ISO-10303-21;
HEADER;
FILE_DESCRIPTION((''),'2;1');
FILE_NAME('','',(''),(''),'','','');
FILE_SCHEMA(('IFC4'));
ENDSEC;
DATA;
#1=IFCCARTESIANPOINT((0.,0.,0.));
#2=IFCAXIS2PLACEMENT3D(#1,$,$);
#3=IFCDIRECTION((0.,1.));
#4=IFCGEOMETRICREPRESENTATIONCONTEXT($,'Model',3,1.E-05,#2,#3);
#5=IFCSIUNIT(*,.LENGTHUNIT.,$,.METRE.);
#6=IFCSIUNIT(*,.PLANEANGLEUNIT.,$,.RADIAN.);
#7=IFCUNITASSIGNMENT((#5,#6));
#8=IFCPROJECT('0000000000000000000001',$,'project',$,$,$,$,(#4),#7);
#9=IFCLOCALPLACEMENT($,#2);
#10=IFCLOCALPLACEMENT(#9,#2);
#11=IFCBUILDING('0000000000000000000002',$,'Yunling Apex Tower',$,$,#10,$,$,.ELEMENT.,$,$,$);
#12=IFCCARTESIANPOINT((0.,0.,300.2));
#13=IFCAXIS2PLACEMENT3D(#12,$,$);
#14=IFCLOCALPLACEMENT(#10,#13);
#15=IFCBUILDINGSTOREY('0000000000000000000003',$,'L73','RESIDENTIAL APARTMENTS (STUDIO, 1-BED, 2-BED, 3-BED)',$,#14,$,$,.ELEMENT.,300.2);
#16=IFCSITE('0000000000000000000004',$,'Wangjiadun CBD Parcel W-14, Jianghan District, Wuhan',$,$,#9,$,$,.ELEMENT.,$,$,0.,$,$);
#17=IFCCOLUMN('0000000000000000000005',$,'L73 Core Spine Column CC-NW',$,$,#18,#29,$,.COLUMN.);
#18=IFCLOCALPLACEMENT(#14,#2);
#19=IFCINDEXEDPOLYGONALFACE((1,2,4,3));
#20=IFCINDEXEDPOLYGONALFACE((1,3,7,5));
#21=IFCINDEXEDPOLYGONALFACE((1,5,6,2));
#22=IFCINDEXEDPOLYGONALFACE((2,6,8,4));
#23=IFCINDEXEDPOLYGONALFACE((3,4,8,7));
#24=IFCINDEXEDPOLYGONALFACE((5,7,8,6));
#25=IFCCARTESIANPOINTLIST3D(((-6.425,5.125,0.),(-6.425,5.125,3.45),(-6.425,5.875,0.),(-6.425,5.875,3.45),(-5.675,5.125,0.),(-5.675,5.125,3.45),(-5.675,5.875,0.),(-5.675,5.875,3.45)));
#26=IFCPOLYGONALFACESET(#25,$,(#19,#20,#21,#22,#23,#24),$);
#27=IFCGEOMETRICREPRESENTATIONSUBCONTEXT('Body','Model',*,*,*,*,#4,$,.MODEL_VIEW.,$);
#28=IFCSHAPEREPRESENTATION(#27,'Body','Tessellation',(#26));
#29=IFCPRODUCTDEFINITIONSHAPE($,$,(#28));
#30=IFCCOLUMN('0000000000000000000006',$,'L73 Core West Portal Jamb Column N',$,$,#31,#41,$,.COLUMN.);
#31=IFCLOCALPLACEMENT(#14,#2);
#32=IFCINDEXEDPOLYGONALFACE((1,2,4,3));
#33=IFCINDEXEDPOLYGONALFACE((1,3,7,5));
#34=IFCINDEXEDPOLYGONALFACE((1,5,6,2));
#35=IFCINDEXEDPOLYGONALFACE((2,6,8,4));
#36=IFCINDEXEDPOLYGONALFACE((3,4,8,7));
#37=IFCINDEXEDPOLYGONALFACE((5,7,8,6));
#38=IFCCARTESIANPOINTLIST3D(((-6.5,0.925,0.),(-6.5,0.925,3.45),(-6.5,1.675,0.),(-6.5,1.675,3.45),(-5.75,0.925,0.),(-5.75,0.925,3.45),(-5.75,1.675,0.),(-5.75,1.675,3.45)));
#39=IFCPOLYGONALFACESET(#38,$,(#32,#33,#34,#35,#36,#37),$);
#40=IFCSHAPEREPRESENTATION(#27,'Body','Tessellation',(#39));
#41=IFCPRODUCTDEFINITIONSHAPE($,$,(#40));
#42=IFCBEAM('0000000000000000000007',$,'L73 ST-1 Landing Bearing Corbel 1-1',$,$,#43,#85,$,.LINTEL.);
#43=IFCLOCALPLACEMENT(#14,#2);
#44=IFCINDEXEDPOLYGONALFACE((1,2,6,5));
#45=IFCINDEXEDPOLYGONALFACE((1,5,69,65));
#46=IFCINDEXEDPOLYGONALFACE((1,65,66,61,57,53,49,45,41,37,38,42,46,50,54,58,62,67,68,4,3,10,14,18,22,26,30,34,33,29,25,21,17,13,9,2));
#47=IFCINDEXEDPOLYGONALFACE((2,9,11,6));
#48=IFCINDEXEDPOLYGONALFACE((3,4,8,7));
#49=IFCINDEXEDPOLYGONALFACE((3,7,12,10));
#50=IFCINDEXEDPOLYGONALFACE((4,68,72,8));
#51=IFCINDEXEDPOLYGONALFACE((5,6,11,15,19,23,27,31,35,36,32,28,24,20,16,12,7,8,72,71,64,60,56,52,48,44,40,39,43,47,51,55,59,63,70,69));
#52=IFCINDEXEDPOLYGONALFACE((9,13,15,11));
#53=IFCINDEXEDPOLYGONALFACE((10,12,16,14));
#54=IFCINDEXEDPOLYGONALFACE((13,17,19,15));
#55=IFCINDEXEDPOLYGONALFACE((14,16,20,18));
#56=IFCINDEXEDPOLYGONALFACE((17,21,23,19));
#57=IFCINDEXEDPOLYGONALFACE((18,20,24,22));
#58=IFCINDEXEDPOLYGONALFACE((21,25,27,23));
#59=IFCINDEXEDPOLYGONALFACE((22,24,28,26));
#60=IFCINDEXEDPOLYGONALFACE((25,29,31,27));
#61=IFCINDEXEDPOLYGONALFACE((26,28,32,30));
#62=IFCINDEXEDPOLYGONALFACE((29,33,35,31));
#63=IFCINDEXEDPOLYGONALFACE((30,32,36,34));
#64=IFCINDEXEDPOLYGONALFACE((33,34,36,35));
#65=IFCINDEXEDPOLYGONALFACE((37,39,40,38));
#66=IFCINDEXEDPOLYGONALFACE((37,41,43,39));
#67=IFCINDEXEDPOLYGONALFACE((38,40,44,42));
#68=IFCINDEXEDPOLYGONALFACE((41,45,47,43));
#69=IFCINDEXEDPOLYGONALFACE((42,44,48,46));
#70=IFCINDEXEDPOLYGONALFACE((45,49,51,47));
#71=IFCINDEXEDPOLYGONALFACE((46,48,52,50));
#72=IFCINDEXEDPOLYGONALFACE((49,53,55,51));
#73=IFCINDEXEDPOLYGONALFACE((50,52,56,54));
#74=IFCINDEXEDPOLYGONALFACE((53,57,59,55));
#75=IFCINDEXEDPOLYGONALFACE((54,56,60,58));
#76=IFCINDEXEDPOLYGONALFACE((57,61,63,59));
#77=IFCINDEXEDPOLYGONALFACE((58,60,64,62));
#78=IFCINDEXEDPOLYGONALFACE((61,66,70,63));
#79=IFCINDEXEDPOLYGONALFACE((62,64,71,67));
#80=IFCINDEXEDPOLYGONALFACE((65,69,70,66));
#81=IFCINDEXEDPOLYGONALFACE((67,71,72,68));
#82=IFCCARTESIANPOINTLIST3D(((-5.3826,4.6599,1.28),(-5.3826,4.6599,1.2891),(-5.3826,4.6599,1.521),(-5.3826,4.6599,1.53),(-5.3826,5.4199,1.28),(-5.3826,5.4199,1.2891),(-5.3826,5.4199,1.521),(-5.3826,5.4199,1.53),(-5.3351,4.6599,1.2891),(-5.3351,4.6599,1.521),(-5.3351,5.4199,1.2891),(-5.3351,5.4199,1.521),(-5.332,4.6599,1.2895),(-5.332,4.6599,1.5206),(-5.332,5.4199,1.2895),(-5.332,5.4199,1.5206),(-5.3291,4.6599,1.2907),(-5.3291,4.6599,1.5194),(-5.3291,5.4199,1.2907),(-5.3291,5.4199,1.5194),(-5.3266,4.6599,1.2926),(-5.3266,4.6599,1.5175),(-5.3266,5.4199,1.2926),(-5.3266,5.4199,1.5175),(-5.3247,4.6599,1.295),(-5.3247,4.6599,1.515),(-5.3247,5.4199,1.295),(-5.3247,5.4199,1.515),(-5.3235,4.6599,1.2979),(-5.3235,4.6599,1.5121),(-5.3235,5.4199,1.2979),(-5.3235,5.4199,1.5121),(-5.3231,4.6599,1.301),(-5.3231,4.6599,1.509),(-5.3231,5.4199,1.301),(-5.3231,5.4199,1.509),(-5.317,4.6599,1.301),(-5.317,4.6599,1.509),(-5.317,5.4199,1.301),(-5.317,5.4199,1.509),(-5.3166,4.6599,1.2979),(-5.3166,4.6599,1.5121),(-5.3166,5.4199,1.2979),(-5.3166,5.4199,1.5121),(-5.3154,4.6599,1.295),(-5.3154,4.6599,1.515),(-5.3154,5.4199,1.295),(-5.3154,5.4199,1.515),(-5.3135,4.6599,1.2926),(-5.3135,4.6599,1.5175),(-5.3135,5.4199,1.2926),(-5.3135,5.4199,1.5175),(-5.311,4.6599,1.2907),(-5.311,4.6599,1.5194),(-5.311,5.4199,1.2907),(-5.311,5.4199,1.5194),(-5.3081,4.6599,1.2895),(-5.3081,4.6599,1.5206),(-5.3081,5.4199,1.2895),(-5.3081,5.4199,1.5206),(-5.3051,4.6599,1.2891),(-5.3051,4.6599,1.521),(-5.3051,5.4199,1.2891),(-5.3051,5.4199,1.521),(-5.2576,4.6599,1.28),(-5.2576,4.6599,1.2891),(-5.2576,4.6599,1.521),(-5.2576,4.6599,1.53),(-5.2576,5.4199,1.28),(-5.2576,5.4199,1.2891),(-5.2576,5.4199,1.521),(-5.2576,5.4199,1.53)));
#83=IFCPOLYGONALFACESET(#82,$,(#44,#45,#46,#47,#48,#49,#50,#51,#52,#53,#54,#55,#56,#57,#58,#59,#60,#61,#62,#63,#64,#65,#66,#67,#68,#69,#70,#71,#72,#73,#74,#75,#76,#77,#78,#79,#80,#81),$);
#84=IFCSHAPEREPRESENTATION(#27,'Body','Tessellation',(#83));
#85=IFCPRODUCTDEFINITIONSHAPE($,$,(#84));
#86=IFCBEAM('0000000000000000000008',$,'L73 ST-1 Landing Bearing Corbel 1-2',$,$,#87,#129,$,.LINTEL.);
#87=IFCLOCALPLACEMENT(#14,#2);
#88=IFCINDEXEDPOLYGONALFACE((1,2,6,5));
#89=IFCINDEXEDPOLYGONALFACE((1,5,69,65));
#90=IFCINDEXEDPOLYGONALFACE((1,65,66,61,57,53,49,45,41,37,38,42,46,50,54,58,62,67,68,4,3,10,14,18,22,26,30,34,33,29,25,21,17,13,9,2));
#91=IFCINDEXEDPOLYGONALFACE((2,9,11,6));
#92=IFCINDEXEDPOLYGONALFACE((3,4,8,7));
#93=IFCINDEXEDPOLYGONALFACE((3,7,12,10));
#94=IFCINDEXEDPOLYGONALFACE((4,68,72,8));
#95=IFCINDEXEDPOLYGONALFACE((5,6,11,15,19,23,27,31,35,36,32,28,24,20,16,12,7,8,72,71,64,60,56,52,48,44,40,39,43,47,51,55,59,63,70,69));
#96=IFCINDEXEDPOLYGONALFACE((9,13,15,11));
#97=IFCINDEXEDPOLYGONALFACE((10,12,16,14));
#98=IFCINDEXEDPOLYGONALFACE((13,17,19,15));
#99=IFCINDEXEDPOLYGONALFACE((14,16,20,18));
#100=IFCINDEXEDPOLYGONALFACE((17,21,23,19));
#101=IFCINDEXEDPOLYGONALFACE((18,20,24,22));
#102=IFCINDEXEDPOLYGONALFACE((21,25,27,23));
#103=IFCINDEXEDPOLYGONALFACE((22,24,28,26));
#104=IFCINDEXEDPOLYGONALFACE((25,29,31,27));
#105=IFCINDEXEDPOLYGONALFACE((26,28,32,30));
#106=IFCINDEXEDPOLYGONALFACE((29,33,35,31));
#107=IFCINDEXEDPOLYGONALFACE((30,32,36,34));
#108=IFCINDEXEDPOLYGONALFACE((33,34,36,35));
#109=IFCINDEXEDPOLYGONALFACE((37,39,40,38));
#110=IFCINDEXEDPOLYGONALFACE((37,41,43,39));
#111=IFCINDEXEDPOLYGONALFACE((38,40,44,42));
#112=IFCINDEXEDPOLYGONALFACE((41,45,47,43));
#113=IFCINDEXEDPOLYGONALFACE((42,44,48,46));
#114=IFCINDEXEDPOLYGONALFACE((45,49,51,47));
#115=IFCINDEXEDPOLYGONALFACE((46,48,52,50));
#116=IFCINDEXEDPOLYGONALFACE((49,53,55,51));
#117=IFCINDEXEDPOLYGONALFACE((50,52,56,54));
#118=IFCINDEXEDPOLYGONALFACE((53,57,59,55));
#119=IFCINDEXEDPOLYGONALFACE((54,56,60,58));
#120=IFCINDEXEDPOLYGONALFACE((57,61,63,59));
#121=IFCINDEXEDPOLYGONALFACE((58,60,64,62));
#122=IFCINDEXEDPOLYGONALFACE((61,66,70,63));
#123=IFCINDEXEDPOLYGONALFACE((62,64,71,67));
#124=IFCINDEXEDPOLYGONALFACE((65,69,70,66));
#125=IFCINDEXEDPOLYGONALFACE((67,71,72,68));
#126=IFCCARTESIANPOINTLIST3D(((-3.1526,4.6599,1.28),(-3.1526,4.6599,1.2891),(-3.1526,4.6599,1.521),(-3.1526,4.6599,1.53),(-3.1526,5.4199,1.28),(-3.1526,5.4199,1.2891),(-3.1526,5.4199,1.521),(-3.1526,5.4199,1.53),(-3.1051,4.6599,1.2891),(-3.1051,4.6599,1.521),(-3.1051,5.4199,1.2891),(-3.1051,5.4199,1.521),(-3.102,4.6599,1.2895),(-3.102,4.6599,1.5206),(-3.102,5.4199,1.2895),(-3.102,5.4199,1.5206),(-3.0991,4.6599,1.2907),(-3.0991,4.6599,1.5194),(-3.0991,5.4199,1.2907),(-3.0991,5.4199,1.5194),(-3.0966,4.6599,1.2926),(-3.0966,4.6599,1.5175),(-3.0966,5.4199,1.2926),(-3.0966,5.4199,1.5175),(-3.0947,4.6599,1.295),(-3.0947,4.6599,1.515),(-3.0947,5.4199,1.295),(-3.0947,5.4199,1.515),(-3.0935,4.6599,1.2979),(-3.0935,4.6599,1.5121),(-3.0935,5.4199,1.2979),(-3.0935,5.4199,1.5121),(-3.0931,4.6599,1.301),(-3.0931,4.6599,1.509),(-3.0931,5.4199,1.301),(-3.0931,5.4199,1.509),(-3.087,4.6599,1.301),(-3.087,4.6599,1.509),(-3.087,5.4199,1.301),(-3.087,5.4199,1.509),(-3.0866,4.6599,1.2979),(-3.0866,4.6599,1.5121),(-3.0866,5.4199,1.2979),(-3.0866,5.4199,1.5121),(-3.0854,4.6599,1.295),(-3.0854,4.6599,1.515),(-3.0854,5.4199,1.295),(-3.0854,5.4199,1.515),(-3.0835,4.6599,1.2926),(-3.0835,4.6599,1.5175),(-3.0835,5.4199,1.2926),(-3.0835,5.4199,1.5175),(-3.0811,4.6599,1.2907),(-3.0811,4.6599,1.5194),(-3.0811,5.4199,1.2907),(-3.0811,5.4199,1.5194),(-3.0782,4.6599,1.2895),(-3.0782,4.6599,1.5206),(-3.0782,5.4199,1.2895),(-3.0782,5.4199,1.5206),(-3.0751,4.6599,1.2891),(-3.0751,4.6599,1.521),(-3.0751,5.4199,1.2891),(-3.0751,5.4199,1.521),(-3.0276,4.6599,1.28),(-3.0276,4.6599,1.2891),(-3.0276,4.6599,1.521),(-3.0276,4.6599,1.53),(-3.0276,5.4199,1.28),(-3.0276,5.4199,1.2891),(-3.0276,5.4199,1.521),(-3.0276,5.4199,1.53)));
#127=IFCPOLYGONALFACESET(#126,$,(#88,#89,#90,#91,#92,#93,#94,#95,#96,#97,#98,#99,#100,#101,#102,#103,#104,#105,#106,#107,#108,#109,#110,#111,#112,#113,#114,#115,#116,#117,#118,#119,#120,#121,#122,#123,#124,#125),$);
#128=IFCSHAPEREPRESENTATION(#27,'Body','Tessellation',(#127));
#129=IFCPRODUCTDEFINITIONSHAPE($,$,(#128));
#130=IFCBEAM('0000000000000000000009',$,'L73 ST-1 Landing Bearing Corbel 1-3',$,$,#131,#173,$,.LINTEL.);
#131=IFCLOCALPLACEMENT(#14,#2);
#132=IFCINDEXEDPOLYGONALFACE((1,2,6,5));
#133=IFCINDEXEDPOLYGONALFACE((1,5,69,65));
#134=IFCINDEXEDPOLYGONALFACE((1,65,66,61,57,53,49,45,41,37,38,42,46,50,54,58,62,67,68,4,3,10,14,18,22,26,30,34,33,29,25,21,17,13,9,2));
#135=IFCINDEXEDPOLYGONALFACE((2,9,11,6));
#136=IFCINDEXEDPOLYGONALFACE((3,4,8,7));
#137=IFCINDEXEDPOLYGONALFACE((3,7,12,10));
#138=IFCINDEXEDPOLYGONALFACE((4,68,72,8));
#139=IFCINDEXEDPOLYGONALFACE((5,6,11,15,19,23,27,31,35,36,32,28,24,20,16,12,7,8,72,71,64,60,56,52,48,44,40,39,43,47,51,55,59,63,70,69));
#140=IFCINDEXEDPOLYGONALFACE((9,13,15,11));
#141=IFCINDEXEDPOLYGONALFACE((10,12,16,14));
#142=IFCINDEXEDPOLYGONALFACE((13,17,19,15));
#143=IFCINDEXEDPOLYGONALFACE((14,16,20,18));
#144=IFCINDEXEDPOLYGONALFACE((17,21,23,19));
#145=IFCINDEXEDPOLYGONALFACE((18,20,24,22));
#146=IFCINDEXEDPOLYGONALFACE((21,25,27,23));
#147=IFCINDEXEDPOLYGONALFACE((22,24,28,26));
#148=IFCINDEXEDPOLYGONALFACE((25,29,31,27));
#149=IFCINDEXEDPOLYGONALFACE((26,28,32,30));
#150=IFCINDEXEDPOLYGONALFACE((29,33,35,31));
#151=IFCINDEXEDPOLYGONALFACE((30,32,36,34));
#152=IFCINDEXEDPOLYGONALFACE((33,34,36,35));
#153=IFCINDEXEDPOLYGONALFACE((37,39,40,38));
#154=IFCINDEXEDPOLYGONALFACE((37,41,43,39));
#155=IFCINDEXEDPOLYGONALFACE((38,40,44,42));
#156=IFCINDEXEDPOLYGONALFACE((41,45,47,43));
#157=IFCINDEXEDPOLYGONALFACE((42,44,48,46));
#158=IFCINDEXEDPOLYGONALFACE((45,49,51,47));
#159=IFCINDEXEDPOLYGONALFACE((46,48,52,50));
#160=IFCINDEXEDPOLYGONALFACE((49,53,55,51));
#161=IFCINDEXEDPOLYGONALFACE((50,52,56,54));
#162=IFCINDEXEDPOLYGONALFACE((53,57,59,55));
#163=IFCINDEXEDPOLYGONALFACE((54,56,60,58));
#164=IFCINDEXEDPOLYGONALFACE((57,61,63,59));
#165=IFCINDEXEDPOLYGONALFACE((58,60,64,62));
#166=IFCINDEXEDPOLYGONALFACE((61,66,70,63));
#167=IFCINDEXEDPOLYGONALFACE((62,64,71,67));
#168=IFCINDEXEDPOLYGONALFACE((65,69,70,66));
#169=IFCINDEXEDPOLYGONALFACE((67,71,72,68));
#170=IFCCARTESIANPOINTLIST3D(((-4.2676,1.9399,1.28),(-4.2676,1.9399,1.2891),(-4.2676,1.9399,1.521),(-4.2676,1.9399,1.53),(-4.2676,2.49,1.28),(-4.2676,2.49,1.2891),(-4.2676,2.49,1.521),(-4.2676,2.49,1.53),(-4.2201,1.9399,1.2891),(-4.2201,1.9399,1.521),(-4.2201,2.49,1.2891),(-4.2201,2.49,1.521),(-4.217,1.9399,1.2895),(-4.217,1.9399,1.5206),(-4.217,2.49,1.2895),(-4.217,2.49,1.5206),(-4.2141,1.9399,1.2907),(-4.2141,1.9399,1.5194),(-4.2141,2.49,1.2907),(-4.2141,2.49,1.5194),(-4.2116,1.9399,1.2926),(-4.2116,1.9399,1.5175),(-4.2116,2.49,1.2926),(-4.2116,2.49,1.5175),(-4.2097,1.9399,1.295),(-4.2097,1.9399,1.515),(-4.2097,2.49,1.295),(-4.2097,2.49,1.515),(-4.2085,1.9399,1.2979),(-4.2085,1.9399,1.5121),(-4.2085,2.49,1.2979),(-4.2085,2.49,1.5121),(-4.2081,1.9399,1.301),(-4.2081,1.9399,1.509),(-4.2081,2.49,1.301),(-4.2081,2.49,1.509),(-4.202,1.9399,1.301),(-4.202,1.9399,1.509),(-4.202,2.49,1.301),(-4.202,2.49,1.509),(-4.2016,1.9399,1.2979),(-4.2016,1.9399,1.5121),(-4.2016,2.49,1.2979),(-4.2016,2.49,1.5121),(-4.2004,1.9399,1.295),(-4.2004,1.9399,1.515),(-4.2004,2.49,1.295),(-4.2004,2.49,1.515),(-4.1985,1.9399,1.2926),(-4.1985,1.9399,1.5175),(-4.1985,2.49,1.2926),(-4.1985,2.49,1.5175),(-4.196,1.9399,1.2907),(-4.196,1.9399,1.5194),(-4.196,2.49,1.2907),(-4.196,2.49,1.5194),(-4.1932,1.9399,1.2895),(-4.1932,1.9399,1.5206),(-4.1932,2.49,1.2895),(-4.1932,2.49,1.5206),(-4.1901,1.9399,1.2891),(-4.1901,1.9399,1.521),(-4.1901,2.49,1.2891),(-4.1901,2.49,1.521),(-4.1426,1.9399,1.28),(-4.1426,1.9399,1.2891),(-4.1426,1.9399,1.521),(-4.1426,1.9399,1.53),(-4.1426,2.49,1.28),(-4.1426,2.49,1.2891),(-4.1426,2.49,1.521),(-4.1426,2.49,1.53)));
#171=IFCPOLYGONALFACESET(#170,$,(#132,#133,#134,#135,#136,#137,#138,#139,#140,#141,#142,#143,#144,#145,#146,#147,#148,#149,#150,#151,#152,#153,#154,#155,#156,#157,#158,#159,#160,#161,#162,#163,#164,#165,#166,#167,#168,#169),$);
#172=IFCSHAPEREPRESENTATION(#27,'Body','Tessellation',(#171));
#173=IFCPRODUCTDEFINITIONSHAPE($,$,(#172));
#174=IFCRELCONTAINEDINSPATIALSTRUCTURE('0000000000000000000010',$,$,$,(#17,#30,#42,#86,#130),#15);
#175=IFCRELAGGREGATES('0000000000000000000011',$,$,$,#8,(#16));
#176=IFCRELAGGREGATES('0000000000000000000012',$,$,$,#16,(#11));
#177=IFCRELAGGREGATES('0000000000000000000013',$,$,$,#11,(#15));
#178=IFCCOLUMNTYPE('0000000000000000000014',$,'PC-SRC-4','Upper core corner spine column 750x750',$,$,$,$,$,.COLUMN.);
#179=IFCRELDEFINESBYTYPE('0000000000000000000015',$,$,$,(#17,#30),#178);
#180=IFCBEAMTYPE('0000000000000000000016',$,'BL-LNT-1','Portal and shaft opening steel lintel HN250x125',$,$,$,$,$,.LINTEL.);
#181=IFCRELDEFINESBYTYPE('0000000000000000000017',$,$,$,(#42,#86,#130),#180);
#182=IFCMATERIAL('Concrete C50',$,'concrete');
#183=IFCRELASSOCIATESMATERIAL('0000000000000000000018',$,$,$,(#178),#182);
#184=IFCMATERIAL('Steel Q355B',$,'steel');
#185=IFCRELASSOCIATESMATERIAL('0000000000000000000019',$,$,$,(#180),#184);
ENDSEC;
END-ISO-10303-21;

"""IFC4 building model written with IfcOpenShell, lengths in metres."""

from ifc_helpers import new_model, si_unit, direction, frame, origin, origin_2d, place, context, subcontext, project, spatial, rectangle, i_section, extrude, source, transform, mapped, material, material_profile, profile_set, type_object, element, save


model = new_model("IFC4")

# Units and contexts
model_context = context("Model", 3, precision=1e-05, world=origin(), true_north=direction((0.0, 1.0)))
body_context = subcontext(model_context, "Body", "Model", "MODEL_VIEW")
ifc_project = project(units=[si_unit("LENGTHUNIT", "METRE"), si_unit("PLANEANGLEUNIT", "RADIAN")], contexts=[model_context])

# Site, building, storey
site_placement = place(None, origin())
site = spatial("IfcSite", under=ifc_project, at=site_placement, Name="Wangjiadun CBD Parcel W-14, Jianghan District, Wuhan", CompositionType="ELEMENT", RefElevation=0.0)
building_placement = place(site_placement, origin())
building = spatial("IfcBuilding", under=site, at=building_placement, Name="Yunling Apex Tower", CompositionType="ELEMENT")
storey_placement = place(building_placement, frame((0.0, 0.0, 300.2)))
storey = spatial("IfcBuildingStorey", under=building, at=storey_placement, Name="L73", Description="RESIDENTIAL APARTMENTS (STUDIO, 1-BED, 2-BED, 3-BED)", CompositionType="ELEMENT", Elevation=300.2)

# Columns
ifc_material_1 = material(Name="Concrete C50", Category="concrete")
ifc_material_profile_1 = material_profile(ifc_material_1, rectangle(XDim=0.75, YDim=0.75, at=origin_2d()))
ifc_profile_set_1 = profile_set([ifc_material_profile_1], Name="Concrete C50")
column_type = type_object("IfcColumnType", Name="PC-SRC-4", Description="Upper core corner spine column 750x750", PredefinedType="COLUMN", material=ifc_profile_set_1)
shared_shape_1 = source(origin(), body_context, "Body", "SweptSolid", [
    extrude(rectangle(XDim=0.75, YDim=0.75, at=origin_2d()), origin(), (0.0, 0.0, 1.0), 3.45),
])
for number, where, z_axis, x_axis, name in (
    (1, (-6.05, 5.5, 0.0), (0.0, 0.0, 1.0), (1.0, 0.0, 0.0), "L73 Core Spine Column CC-NW"),
    (2, (-6.125, 1.3, 0.0), (0.0, 0.0, 1.0), (1.0, 0.0, 0.0), "L73 Core West Portal Jamb Column N"),
):
    element("IfcColumn", number, at=place(storey_placement, frame(where, z_axis=z_axis, x_axis=x_axis)), inside=storey, type_object=column_type, Name=name, PredefinedType="COLUMN", context=body_context, shape_type="MappedRepresentation", body=[
        mapped(shared_shape_1, transform((0.0, 0.0, 0.0), scale=1.0)),
    ])

# Beams
ifc_material_2 = material(Name="Steel Q355B", Category="steel")
ifc_material_profile_2 = material_profile(ifc_material_2, i_section(OverallWidth=0.125, OverallDepth=0.25, WebThickness=0.0061, FlangeThickness=0.009, FilletRadius=0.012, at=origin_2d()))
ifc_profile_set_2 = profile_set([ifc_material_profile_2], Name="Steel Q355B")
beam_type_1 = type_object("IfcBeamType", Name="BL-LNT-1", Description="Portal and shaft opening steel lintel HN250x125", PredefinedType="LINTEL", material=ifc_profile_set_2)
shared_shape_2 = source(origin(), body_context, "Body", "SweptSolid", [
    extrude(i_section(OverallWidth=0.125, OverallDepth=0.25, WebThickness=0.0061, FlangeThickness=0.009, FilletRadius=0.012, at=origin_2d()), origin(), (0.0, 0.0, 1.0), 0.76),
])
for number, where, z_axis, x_axis, name in (
    (3, (-5.3201, 5.4199, 1.405), (0.0, -1.0, 0.0), (1.0, 0.0, 0.0), "L73 ST-1 Landing Bearing Corbel 1-1"),
    (4, (-3.0901, 5.4199, 1.405), (0.0, -1.0, 0.0), (1.0, 0.0, 0.0), "L73 ST-1 Landing Bearing Corbel 1-2"),
):
    element("IfcBeam", number, at=place(storey_placement, frame(where, z_axis=z_axis, x_axis=x_axis)), inside=storey, type_object=beam_type_1, Name=name, PredefinedType="LINTEL", context=body_context, shape_type="MappedRepresentation", body=[
        mapped(shared_shape_2, transform((0.0, 0.0, 0.0), scale=1.0)),
    ])
shared_shape_3 = source(origin(), body_context, "Body", "SweptSolid", [
    extrude(i_section(OverallWidth=0.125, OverallDepth=0.25, WebThickness=0.0061, FlangeThickness=0.009, FilletRadius=0.012, at=origin_2d()), origin(), (0.0, 0.0, 1.0), 0.55),
])
beam_1_placement = place(storey_placement, frame((-4.2051, 1.9399, 1.405), z_axis=(0.0, 1.0, 0.0), x_axis=(-1.0, 0.0, 0.0)))
element("IfcBeam", 5, at=beam_1_placement, inside=storey, type_object=beam_type_1, Name="L73 ST-1 Landing Bearing Corbel 1-3", PredefinedType="LINTEL", context=body_context, shape_type="MappedRepresentation", body=[
    mapped(shared_shape_3, transform((0.0, 0.0, 0.0), scale=1.0)),
])

save(model, "model.ifc")
